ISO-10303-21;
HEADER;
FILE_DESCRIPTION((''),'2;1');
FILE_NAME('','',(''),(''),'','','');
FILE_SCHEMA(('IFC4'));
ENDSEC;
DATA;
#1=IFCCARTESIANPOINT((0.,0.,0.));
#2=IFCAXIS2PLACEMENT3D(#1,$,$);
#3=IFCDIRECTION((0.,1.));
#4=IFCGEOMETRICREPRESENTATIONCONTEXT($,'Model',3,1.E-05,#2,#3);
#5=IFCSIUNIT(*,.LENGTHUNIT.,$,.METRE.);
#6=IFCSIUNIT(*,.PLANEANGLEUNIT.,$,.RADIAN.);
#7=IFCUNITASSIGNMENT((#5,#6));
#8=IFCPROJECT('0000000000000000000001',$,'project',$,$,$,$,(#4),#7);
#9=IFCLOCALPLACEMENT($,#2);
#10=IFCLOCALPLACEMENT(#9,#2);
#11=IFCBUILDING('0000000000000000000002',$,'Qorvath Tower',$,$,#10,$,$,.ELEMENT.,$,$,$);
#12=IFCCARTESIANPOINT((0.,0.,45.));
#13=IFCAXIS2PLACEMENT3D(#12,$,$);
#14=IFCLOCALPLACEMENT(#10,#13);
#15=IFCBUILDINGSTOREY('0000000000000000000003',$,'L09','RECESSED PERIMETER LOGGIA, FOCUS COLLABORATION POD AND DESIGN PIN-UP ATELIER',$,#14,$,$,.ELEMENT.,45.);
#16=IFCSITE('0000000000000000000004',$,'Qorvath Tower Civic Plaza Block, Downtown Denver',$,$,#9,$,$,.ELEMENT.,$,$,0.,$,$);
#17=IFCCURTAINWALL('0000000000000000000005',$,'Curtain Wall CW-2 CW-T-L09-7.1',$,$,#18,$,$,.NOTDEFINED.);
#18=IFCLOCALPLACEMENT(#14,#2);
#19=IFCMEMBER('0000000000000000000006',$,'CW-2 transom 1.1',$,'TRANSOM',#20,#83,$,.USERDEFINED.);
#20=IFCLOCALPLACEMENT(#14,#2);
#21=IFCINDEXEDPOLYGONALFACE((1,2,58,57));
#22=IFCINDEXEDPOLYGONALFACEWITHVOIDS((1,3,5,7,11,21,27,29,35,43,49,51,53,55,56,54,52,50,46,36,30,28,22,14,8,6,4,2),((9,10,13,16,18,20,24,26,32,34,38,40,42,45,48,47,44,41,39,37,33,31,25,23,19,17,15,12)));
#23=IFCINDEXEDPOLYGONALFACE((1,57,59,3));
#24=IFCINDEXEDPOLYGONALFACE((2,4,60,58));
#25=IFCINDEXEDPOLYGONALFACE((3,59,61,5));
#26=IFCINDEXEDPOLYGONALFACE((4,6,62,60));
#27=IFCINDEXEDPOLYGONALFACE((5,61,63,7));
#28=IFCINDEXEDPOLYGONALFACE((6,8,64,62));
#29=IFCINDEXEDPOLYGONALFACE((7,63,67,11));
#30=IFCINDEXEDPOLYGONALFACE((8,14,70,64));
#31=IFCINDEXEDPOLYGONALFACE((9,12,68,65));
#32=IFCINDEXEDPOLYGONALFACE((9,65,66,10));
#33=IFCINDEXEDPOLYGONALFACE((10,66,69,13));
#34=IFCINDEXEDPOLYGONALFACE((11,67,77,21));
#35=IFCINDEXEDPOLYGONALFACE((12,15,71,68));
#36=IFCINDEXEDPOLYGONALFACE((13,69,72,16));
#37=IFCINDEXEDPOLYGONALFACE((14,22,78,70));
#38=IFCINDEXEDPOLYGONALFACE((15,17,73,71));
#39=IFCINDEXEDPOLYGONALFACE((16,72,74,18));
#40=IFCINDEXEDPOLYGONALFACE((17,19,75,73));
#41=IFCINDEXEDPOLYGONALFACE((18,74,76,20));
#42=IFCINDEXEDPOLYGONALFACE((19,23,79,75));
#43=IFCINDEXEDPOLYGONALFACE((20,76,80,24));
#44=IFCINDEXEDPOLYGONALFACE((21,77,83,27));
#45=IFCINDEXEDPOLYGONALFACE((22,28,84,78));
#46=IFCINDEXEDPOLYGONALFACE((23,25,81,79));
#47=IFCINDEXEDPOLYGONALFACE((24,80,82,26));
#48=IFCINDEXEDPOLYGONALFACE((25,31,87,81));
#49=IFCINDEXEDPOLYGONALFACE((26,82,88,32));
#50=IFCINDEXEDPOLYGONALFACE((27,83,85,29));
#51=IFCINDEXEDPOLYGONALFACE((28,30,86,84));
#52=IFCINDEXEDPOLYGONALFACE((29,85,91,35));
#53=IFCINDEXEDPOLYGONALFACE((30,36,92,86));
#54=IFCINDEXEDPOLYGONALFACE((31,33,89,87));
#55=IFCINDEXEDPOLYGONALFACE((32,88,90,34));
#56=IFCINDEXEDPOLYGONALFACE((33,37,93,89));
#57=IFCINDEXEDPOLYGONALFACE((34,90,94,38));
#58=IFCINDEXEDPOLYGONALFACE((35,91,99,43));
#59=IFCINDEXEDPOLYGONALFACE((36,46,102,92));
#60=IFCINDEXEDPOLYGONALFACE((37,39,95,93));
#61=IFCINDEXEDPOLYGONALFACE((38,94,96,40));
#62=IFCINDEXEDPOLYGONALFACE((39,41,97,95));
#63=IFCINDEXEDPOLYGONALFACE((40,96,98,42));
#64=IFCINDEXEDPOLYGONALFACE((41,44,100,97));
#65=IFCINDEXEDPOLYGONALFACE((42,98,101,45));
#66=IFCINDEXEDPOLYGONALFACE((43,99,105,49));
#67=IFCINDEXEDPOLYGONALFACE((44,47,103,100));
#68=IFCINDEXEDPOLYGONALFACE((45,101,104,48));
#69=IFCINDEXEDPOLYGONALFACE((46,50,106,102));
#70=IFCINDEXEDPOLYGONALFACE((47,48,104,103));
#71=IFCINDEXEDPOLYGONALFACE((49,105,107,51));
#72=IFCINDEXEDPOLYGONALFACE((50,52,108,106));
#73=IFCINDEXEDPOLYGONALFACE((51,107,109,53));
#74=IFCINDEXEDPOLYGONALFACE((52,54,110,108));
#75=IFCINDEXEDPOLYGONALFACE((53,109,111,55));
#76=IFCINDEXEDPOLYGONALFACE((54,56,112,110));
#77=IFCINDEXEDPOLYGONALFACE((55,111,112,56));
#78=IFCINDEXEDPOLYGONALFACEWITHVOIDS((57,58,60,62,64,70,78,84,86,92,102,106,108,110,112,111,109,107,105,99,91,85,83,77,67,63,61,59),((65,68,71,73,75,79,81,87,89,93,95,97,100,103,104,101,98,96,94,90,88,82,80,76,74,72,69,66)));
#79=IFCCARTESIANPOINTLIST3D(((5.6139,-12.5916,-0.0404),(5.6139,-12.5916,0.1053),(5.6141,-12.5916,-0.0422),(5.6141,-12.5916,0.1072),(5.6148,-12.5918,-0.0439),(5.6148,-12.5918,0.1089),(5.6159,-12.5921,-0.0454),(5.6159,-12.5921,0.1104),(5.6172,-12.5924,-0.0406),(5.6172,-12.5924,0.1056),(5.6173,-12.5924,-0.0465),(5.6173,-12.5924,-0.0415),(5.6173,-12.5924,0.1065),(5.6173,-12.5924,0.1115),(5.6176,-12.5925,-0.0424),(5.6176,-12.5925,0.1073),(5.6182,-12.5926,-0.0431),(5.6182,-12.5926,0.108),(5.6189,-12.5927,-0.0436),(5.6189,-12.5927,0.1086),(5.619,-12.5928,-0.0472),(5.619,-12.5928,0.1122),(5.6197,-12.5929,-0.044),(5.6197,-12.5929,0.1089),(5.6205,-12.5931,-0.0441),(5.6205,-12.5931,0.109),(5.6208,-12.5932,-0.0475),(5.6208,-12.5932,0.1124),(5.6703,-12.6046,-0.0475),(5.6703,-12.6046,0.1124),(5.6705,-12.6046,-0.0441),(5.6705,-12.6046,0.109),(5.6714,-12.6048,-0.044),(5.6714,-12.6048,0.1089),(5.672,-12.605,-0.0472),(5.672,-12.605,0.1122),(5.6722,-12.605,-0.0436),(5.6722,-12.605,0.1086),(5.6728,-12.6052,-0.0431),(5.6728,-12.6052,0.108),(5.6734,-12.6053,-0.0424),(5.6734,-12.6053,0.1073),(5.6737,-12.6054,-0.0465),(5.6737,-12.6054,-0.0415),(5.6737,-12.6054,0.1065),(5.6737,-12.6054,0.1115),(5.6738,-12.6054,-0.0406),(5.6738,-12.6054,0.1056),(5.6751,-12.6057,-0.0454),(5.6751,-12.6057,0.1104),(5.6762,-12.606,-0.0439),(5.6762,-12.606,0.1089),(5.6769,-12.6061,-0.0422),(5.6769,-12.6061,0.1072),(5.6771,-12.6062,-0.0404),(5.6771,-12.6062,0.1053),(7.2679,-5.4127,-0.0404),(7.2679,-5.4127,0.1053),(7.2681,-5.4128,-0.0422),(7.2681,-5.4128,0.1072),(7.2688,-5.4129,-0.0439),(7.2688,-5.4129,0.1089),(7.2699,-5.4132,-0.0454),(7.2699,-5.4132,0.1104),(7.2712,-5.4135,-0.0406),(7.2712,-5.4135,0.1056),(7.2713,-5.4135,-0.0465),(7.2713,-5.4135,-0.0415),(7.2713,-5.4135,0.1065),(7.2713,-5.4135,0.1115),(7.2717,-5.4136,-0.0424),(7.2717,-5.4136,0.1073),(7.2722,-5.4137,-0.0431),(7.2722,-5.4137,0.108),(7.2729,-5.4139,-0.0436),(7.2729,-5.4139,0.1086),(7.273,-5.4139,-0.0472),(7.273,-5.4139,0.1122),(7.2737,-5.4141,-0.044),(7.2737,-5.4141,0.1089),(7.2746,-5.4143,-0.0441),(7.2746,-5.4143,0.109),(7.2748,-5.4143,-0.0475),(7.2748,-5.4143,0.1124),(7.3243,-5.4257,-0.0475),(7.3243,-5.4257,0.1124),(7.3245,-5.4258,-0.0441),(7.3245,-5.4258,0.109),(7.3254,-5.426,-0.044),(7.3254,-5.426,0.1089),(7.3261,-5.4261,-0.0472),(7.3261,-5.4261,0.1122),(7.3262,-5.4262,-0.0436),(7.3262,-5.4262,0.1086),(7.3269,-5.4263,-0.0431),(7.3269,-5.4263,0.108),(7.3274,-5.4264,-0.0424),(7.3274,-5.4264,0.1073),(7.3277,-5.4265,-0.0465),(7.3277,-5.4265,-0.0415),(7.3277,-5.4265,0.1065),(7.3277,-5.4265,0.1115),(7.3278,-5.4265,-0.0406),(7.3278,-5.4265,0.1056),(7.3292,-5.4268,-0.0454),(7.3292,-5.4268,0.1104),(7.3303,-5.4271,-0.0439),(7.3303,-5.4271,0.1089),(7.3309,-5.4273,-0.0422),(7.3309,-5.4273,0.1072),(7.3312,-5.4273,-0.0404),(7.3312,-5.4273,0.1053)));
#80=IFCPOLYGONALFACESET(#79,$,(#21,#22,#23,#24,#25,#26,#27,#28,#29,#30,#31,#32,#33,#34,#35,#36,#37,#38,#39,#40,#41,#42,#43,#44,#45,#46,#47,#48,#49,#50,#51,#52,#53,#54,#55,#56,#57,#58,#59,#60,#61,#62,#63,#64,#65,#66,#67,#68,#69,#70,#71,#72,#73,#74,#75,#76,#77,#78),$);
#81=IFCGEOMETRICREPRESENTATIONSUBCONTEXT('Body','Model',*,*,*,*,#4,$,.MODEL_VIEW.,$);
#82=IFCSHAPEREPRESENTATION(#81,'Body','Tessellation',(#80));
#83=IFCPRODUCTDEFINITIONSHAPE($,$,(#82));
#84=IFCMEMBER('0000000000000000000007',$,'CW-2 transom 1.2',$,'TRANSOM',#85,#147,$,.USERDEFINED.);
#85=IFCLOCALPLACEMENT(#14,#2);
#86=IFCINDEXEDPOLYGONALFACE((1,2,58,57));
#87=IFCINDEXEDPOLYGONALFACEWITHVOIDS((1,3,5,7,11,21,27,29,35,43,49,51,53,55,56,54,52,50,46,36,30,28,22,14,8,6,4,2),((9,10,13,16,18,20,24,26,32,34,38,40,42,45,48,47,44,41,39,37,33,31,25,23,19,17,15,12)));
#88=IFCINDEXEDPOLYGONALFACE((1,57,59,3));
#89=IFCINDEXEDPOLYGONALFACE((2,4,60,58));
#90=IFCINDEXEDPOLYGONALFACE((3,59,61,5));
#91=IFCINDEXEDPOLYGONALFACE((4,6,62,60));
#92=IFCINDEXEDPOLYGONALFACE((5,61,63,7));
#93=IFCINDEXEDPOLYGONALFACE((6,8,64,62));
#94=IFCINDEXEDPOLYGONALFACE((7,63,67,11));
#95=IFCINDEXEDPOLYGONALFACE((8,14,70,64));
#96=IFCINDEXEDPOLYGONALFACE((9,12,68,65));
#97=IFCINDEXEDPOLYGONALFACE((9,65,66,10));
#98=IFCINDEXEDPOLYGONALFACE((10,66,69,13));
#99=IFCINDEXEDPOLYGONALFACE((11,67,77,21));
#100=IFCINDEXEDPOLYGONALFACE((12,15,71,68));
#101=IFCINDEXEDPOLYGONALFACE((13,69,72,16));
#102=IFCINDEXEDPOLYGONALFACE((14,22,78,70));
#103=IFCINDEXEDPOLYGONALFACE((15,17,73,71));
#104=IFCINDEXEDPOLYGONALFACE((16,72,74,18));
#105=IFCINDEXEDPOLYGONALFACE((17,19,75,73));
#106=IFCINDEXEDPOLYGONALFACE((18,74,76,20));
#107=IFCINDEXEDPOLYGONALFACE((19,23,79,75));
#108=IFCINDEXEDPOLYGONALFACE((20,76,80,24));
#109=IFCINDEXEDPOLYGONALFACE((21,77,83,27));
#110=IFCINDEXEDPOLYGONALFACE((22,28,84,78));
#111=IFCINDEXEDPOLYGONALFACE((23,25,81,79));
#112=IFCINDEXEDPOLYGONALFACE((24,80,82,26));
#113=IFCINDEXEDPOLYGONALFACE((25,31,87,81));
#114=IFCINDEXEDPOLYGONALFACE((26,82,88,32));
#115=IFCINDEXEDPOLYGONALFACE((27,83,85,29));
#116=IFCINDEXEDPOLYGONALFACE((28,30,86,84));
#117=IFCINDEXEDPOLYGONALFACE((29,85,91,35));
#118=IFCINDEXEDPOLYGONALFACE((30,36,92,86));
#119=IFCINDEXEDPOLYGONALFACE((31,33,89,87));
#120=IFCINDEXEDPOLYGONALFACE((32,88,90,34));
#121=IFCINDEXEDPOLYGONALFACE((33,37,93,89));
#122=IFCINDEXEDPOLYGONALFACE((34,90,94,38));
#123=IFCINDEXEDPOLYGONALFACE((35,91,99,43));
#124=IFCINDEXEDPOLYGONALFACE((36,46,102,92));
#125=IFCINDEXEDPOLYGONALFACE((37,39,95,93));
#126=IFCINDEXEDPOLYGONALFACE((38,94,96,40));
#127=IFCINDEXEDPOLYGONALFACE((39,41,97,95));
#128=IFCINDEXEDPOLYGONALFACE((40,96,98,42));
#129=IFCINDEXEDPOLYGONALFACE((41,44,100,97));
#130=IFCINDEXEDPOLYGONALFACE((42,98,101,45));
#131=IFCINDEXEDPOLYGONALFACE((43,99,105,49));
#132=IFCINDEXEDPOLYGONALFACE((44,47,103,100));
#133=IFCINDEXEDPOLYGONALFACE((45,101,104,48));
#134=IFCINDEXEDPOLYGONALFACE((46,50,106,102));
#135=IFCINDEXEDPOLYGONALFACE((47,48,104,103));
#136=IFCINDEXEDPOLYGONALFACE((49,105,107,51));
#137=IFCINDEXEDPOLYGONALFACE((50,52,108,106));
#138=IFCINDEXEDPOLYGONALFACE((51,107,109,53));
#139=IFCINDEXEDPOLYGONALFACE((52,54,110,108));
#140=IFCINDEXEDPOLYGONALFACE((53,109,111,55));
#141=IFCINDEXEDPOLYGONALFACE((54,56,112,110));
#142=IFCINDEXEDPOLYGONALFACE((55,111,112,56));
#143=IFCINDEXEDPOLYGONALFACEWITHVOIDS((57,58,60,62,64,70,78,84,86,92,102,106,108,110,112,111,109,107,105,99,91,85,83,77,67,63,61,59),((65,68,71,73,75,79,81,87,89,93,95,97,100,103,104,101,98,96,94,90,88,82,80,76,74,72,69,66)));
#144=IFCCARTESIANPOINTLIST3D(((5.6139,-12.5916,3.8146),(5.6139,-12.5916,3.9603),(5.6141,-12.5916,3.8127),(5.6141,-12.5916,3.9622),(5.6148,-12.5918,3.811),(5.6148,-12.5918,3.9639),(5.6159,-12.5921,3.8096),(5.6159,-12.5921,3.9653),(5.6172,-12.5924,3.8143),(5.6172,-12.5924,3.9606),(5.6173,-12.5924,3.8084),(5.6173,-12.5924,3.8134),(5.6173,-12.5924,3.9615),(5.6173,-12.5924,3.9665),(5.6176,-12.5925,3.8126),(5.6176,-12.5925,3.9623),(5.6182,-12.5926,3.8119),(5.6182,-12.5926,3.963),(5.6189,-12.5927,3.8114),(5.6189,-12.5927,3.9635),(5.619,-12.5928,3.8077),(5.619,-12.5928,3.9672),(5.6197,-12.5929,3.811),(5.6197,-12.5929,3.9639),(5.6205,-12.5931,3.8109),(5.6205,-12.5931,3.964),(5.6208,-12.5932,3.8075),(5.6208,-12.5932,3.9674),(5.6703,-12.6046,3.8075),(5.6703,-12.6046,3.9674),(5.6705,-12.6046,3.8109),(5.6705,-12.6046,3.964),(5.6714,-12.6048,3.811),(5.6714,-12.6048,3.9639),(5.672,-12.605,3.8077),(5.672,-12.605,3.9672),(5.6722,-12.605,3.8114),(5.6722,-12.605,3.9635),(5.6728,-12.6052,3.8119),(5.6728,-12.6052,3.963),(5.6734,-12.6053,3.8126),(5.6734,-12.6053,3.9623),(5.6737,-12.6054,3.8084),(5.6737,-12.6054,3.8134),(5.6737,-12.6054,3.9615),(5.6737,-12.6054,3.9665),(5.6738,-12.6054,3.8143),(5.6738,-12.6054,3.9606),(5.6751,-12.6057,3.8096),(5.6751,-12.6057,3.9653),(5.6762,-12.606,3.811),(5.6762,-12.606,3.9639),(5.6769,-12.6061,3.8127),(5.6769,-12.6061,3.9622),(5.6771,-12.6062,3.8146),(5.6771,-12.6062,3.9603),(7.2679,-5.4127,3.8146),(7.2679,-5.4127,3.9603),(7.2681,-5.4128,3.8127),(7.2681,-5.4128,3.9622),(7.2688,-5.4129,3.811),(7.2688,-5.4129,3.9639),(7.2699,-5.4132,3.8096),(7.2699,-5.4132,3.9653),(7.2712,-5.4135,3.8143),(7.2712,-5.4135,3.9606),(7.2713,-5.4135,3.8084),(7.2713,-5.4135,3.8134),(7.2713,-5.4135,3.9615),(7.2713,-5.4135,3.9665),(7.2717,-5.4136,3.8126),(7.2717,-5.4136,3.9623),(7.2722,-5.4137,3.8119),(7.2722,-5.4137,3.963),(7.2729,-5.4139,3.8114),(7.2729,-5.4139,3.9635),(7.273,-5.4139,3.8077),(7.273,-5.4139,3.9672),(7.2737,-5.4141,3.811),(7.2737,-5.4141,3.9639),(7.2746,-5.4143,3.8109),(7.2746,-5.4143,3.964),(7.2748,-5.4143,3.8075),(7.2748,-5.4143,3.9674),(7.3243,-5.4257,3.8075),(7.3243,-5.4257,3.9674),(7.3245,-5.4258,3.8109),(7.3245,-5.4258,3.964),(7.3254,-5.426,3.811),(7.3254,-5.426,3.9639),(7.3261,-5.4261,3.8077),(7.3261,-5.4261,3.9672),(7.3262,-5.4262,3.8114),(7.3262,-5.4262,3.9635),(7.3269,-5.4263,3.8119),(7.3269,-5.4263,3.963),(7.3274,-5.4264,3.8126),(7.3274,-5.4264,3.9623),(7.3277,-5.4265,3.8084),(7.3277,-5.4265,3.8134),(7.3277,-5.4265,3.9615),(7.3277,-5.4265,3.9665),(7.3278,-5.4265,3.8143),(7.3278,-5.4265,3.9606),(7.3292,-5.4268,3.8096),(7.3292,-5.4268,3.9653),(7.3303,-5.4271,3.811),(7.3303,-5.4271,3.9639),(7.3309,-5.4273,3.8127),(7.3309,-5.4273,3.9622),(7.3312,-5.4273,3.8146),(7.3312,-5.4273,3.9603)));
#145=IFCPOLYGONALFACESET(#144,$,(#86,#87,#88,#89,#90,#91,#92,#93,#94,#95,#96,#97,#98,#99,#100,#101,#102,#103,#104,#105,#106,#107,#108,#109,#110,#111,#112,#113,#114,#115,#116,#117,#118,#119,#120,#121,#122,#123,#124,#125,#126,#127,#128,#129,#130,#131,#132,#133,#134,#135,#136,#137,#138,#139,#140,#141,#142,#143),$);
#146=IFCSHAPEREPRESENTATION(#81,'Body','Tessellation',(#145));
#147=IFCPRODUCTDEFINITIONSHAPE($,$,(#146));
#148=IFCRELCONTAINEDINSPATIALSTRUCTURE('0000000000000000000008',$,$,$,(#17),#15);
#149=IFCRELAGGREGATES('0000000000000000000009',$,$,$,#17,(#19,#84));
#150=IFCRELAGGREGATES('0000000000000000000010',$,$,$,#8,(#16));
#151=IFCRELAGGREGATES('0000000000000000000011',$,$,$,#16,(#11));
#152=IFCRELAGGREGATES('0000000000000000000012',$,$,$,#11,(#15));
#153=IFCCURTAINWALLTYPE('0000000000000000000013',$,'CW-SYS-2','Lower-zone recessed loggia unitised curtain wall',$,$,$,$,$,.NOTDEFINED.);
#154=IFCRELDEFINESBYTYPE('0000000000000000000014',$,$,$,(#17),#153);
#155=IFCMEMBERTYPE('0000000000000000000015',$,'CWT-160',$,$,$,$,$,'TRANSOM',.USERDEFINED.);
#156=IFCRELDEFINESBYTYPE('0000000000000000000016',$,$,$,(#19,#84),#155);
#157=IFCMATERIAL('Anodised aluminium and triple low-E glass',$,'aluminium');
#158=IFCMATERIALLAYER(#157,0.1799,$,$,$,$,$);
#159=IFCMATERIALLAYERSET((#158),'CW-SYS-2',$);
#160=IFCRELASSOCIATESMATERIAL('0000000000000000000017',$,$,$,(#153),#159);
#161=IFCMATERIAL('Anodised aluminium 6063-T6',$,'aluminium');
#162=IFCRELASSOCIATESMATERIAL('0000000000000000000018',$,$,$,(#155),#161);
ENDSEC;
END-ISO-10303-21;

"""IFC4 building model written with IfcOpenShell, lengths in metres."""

from ifc_helpers import new_model, si_unit, direction, frame, origin, origin_2d, place, context, subcontext, project, spatial, hollow_rectangle, extrude, material, layer, layer_set, material_profile, profile_set, type_object, element, aggregate, save


model = new_model("IFC4")

# Units and contexts
model_context = context("Model", 3, precision=1e-05, world=origin(), true_north=direction((0.0, 1.0)))
body_context = subcontext(model_context, "Body", "Model", "MODEL_VIEW")
ifc_project = project(units=[si_unit("LENGTHUNIT", "METRE"), si_unit("PLANEANGLEUNIT", "RADIAN")], contexts=[model_context])

# Site, building, storey
site_placement = place(None, origin())
site = spatial("IfcSite", under=ifc_project, at=site_placement, Name="Qorvath Tower Civic Plaza Block, Downtown Denver", CompositionType="ELEMENT", RefElevation=0.0)
building_placement = place(site_placement, origin())
building = spatial("IfcBuilding", under=site, at=building_placement, Name="Qorvath Tower", CompositionType="ELEMENT")
storey_placement = place(building_placement, frame((0.0, 0.0, 45.0)))
storey = spatial("IfcBuildingStorey", under=building, at=storey_placement, Name="L09", Description="RECESSED PERIMETER LOGGIA, FOCUS COLLABORATION POD AND DESIGN PIN-UP ATELIER", CompositionType="ELEMENT", Elevation=45.0)

# Shared definitions
ifc_material_1 = material(Name="Anodised aluminium and triple low-E glass", Category="aluminium")
ifc_layer_1 = layer(ifc_material_1, 0.1799)
ifc_layer_set_1 = layer_set([ifc_layer_1], Name="CW-SYS-2")
curtain_wall_type = type_object("IfcCurtainWallType", Name="CW-SYS-2", Description="Lower-zone recessed loggia unitised curtain wall", PredefinedType="NOTDEFINED", material=ifc_layer_set_1)

# Curtain wall
curtain_wall_1_placement = place(storey_placement, origin())
curtain_wall_1 = element("IfcCurtainWall", 1, at=curtain_wall_1_placement, inside=storey, type_object=curtain_wall_type, Name="Curtain Wall CW-2 CW-T-L09-7.1", PredefinedType="NOTDEFINED")

# Members
ifc_material_2 = material(Name="Anodised aluminium 6063-T6", Category="aluminium")
ifc_material_profile_1 = material_profile(ifc_material_2, hollow_rectangle(XDim=0.0649, YDim=0.1599, WallThickness=0.0034, InnerFilletRadius=0.0034, OuterFilletRadius=0.0071, at=origin_2d()), Name="CWT 160x65")
ifc_profile_set_1 = profile_set([ifc_material_profile_1], Name="Anodised aluminium 6063-T6")
member_type_1 = type_object("IfcMemberType", Name="CWT-160", ElementType="TRANSOM", PredefinedType="USERDEFINED", material=ifc_profile_set_1)
member_1_placement = place(storey_placement, frame((5.6455, -12.5989, 0.0325), z_axis=(0.224521, 0.974469, 0.0), x_axis=(-0.974469, 0.224521, 0.0)))
member_1 = element("IfcMember", 2, at=member_1_placement, type_object=member_type_1, Name="CW-2 transom 1.1", ObjectType="TRANSOM", PredefinedType="USERDEFINED", context=body_context, shape_type="SweptSolid", body=[
    extrude(hollow_rectangle(XDim=0.0649, YDim=0.1599, WallThickness=0.0034, InnerFilletRadius=0.0034, OuterFilletRadius=0.0071, at=origin_2d()), origin(), (0.0, 0.0, 1.0), 7.3669),
])
member_2_placement = place(storey_placement, frame((5.6455, -12.5989, 3.8875), z_axis=(0.224521, 0.974469, 0.0), x_axis=(-0.974469, 0.224521, 0.0)))
member_2 = element("IfcMember", 3, at=member_2_placement, type_object=member_type_1, Name="CW-2 transom 1.2", ObjectType="TRANSOM", PredefinedType="USERDEFINED", context=body_context, shape_type="SweptSolid", body=[
    extrude(hollow_rectangle(XDim=0.0649, YDim=0.1599, WallThickness=0.0034, InnerFilletRadius=0.0034, OuterFilletRadius=0.0071, at=origin_2d()), origin(), (0.0, 0.0, 1.0), 7.3669),
])

aggregate(curtain_wall_1, [member_1, member_2])

save(model, "model.ifc")
